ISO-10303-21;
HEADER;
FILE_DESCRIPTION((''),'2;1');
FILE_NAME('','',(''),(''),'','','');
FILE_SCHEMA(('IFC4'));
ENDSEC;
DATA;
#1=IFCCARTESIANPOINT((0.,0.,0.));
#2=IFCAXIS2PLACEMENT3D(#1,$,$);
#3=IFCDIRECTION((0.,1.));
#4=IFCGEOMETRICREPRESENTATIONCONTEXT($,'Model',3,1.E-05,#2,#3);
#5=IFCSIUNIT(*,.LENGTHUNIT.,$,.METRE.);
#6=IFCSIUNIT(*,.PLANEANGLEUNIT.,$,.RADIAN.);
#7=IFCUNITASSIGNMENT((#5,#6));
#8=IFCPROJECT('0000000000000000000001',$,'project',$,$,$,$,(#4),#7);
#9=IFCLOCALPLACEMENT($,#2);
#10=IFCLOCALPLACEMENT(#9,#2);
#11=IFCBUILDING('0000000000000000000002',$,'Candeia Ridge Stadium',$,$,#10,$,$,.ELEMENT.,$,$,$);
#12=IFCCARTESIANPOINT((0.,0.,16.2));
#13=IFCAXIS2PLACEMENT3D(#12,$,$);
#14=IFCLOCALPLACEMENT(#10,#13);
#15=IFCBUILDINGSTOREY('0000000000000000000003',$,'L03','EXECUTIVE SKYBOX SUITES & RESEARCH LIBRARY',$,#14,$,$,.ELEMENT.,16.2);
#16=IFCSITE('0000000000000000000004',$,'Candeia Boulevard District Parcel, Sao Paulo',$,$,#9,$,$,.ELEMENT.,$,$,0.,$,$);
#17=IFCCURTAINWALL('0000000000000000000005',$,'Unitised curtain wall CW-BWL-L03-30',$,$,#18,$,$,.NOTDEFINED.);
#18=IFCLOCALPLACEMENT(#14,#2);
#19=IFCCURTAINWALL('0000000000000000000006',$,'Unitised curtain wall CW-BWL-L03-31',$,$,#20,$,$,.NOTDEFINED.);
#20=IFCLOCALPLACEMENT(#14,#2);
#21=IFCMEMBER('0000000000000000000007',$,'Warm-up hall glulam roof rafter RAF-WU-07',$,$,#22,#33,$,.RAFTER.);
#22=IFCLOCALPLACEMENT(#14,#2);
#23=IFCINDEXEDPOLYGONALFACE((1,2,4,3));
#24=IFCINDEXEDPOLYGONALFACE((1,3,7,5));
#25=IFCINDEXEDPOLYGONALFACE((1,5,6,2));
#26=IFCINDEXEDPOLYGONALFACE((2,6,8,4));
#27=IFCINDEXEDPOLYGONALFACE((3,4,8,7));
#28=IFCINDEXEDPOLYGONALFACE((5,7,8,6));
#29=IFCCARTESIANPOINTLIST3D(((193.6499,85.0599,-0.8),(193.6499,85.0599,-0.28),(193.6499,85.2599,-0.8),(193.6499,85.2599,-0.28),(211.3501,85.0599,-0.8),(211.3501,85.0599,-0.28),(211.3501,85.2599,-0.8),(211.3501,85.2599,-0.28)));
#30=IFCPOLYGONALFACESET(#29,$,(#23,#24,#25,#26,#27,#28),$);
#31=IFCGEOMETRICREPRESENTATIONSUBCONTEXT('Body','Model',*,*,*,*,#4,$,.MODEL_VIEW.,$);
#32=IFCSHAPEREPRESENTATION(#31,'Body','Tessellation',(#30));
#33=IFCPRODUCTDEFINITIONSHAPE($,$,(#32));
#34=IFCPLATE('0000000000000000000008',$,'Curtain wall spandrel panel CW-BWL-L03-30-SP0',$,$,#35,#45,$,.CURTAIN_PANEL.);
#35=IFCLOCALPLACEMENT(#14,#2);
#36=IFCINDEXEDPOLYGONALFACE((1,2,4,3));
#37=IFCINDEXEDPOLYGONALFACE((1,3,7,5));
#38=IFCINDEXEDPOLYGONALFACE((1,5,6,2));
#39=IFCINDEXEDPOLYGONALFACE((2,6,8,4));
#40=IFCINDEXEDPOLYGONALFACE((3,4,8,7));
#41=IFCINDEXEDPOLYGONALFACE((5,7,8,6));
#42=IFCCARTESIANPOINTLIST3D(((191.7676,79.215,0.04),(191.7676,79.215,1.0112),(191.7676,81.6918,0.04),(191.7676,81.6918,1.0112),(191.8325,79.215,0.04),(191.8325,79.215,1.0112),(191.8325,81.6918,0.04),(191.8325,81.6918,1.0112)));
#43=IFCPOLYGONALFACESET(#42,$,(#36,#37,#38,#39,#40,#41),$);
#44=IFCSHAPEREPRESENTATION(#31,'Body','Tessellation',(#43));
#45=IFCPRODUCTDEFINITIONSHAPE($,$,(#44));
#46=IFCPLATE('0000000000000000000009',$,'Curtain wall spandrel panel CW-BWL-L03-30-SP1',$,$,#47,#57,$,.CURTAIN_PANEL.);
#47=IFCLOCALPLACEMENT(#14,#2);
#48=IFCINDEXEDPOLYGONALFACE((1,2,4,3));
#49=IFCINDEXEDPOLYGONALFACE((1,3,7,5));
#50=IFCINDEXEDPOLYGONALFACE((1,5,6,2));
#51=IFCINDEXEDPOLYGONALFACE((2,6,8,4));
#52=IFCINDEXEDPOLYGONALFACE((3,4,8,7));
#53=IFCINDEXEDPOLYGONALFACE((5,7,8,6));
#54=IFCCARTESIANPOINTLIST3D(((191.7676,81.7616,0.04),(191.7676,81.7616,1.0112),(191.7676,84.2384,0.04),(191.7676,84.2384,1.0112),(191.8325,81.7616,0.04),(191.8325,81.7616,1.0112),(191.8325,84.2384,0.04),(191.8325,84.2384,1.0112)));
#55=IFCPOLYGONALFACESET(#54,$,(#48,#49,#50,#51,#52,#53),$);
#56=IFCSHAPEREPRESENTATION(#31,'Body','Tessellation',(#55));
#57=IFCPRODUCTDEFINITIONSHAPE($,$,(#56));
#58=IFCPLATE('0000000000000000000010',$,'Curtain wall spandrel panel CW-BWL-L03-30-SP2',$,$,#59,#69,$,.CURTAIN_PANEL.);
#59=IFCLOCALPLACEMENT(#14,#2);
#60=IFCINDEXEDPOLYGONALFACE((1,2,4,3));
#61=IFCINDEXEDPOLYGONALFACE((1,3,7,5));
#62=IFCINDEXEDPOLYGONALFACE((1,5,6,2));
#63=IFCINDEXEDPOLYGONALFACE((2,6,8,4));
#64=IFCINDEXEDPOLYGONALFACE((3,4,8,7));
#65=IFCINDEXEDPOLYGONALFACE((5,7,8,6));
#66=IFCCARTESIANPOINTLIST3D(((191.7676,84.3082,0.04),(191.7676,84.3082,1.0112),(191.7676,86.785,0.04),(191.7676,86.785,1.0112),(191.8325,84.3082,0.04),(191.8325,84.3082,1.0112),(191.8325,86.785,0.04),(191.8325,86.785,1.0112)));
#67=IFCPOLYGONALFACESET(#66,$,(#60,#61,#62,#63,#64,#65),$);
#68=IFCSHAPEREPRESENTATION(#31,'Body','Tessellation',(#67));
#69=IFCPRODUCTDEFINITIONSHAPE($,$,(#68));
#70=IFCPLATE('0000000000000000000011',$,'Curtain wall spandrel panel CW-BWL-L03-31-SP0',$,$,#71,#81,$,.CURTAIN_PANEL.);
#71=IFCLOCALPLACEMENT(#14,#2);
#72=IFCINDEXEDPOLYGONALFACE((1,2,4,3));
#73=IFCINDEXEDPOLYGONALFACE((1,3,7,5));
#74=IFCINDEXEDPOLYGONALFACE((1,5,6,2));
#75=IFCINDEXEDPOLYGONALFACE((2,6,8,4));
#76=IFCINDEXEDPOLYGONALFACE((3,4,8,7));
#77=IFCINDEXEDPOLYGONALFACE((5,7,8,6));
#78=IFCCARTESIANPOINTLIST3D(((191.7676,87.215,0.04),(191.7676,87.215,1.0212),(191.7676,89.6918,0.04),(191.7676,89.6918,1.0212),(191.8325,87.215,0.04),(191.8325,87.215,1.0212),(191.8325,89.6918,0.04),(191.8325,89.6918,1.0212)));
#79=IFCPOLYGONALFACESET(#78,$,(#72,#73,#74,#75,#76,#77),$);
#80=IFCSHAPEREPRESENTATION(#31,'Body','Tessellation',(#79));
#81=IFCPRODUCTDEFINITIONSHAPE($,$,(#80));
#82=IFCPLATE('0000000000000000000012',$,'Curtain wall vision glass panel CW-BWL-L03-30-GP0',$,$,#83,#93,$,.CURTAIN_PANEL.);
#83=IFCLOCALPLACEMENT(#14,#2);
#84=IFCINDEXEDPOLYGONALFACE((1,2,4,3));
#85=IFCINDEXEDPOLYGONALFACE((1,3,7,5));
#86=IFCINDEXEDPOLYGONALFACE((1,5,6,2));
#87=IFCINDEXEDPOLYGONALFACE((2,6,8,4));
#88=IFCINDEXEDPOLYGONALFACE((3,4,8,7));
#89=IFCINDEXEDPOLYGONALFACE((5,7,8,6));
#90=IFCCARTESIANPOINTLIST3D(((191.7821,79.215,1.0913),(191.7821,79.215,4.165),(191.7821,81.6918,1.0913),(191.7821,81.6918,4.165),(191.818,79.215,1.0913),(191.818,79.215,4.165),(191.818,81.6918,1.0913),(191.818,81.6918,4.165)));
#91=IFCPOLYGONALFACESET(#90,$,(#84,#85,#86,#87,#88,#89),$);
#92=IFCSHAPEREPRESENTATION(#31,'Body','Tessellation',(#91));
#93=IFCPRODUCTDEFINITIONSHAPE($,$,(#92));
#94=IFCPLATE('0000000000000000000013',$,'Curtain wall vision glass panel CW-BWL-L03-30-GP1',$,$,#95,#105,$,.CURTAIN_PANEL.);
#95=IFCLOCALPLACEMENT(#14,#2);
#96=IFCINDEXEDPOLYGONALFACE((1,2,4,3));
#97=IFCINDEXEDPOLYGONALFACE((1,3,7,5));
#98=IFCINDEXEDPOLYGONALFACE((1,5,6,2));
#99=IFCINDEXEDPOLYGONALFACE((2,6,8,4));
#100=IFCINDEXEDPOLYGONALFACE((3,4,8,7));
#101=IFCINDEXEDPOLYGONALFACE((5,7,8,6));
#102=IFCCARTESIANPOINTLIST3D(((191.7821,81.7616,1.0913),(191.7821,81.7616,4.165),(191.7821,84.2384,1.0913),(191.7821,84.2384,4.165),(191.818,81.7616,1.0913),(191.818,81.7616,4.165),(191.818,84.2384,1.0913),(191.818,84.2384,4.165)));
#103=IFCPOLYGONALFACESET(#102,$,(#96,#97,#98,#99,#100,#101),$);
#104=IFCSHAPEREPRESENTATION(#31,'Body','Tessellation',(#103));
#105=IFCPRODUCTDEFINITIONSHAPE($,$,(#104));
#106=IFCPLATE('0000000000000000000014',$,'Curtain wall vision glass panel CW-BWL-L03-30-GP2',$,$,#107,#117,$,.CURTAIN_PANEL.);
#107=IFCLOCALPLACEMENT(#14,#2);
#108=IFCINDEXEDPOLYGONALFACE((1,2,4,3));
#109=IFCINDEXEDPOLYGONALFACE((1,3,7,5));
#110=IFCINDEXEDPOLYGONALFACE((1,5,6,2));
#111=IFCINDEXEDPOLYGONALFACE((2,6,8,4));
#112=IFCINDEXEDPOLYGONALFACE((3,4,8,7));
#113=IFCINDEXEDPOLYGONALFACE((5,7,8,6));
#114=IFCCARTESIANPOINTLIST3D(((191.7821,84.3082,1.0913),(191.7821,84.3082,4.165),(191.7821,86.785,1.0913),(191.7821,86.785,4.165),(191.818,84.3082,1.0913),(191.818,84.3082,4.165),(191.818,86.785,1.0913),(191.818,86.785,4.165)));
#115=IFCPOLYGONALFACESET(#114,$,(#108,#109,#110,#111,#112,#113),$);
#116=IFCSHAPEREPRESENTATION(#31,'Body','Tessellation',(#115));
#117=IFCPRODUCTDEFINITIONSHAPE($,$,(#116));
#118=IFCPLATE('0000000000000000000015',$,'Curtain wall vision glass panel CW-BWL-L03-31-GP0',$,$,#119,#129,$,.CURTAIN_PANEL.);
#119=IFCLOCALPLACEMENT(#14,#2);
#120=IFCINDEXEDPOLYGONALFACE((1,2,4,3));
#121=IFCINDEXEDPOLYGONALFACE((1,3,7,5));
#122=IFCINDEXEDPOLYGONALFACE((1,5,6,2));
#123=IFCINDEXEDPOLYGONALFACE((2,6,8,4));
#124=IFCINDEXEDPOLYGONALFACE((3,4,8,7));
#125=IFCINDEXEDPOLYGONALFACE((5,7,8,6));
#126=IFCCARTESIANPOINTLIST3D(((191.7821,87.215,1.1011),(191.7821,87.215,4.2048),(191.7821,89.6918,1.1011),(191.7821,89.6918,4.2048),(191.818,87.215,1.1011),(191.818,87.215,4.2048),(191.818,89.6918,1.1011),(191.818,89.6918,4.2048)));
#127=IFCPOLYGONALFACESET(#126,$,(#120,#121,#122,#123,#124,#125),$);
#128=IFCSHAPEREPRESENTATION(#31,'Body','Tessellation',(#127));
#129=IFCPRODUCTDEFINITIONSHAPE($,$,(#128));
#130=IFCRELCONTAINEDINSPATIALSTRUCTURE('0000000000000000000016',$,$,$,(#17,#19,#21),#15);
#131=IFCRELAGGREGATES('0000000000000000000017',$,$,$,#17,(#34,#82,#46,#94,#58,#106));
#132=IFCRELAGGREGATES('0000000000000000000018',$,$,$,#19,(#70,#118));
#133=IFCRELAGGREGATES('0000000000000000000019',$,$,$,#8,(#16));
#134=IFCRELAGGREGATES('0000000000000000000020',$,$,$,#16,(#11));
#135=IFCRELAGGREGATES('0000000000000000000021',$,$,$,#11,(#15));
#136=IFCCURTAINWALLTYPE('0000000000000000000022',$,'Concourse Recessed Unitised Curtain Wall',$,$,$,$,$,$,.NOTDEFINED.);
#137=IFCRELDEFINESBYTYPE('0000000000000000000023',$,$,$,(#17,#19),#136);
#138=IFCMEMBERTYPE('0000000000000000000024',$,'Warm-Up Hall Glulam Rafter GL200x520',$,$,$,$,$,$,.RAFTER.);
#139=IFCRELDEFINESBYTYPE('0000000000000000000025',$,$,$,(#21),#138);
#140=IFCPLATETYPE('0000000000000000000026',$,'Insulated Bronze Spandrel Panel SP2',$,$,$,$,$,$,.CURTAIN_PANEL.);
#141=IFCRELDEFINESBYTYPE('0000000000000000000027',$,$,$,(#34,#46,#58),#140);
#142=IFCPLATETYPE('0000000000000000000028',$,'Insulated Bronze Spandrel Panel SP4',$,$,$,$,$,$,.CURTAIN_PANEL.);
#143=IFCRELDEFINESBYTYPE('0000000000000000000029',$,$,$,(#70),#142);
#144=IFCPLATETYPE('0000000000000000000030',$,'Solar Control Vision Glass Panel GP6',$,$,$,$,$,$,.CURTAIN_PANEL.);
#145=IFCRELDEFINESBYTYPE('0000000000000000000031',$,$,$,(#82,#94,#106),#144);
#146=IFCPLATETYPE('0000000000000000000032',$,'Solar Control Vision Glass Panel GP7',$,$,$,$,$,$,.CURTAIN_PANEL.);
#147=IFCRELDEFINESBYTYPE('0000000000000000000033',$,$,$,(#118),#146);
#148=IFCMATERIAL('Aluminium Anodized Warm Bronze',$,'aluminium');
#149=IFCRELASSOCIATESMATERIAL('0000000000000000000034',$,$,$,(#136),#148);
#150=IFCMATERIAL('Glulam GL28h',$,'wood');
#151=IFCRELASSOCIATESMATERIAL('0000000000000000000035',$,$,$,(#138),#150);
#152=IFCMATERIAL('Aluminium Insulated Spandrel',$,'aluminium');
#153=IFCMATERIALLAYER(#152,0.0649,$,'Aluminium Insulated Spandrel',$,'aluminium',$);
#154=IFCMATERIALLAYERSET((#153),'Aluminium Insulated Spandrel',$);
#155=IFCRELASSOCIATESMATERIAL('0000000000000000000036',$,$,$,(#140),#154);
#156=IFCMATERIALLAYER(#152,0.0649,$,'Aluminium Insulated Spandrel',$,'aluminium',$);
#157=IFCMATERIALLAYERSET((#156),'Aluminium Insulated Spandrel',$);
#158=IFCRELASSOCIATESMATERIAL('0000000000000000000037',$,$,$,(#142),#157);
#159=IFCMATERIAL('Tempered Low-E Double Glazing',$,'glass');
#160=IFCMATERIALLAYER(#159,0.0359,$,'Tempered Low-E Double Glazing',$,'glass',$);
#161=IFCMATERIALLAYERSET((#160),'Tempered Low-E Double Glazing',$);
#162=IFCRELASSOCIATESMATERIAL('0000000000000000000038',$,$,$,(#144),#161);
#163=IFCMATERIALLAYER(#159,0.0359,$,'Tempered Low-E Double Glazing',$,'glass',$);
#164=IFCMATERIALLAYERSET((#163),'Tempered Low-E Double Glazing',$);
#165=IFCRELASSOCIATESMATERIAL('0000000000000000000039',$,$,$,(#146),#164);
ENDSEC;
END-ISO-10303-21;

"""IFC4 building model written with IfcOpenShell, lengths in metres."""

from ifc_helpers import new_model, si_unit, direction, frame, origin, origin_2d, place, context, subcontext, project, spatial, rectangle, extrude, material, layer, layer_set, material_profile, profile_set, type_object, element, aggregate, save


model = new_model("IFC4")

# Units and contexts
model_context = context("Model", 3, precision=1e-05, world=origin(), true_north=direction((0.0, 1.0)))
body_context = subcontext(model_context, "Body", "Model", "MODEL_VIEW")
ifc_project = project(units=[si_unit("LENGTHUNIT", "METRE"), si_unit("PLANEANGLEUNIT", "RADIAN")], contexts=[model_context])

# Site, building, storey
site_placement = place(None, origin())
site = spatial("IfcSite", under=ifc_project, at=site_placement, Name="Candeia Boulevard District Parcel, Sao Paulo", CompositionType="ELEMENT", RefElevation=0.0)
building_placement = place(site_placement, origin())
building = spatial("IfcBuilding", under=site, at=building_placement, Name="Candeia Ridge Stadium", CompositionType="ELEMENT")
storey_placement = place(building_placement, frame((0.0, 0.0, 16.2)))
storey = spatial("IfcBuildingStorey", under=building, at=storey_placement, Name="L03", Description="EXECUTIVE SKYBOX SUITES & RESEARCH LIBRARY", CompositionType="ELEMENT", Elevation=16.2)

# Curtain wall
ifc_material_1 = material(Name="Aluminium Anodized Warm Bronze", Category="aluminium")
curtain_wall_type = type_object("IfcCurtainWallType", Name="Concourse Recessed Unitised Curtain Wall", PredefinedType="NOTDEFINED", material=ifc_material_1)
curtain_wall_1_placement = place(storey_placement, origin())
curtain_wall_1 = element("IfcCurtainWall", 1, at=curtain_wall_1_placement, inside=storey, type_object=curtain_wall_type, Name="Unitised curtain wall CW-BWL-L03-30", PredefinedType="NOTDEFINED")

# Curtain wall
curtain_wall_2_placement = place(storey_placement, origin())
curtain_wall_2 = element("IfcCurtainWall", 2, at=curtain_wall_2_placement, inside=storey, type_object=curtain_wall_type, Name="Unitised curtain wall CW-BWL-L03-31", PredefinedType="NOTDEFINED")

# Member
ifc_material_2 = material(Name="Glulam GL28h", Category="wood")
ifc_material_profile_1 = material_profile(ifc_material_2, rectangle(XDim=0.2, YDim=0.52, at=origin_2d()), Name="GL200x520", Category="wood")
ifc_profile_set_1 = profile_set([ifc_material_profile_1], Name="Glulam GL28h")
member_type_1 = type_object("IfcMemberType", Name="Warm-Up Hall Glulam Rafter GL200x520", PredefinedType="RAFTER", material=ifc_profile_set_1)
member_1_placement = place(storey_placement, frame((193.6499, 85.1599, -0.54), z_axis=(1.0, 0.0, 0.0), x_axis=(0.0, 1.0, 0.0)))
element("IfcMember", 3, at=member_1_placement, inside=storey, type_object=member_type_1, Name="Warm-up hall glulam roof rafter RAF-WU-07", PredefinedType="RAFTER", context=body_context, shape_type="SweptSolid", body=[
    extrude(rectangle(XDim=0.2, YDim=0.52, at=origin_2d()), origin(), (0.0, 0.0, 1.0), 17.7002),
])

# Plates
ifc_material_3 = material(Name="Aluminium Insulated Spandrel", Category="aluminium")
ifc_layer_1 = layer(ifc_material_3, 0.0649, Name="Aluminium Insulated Spandrel", Category="aluminium")
ifc_layer_set_1 = layer_set([ifc_layer_1], Name="Aluminium Insulated Spandrel")
plate_type_1 = type_object("IfcPlateType", Name="Insulated Bronze Spandrel Panel SP2", PredefinedType="CURTAIN_PANEL", material=ifc_layer_set_1)
plate_1_placement = place(storey_placement, frame((191.8, 80.4534, 0.04), z_axis=(0.0, 0.0, 1.0), x_axis=(0.0, 1.0, 0.0)))
plate_1 = element("IfcPlate", 4, at=plate_1_placement, type_object=plate_type_1, Name="Curtain wall spandrel panel CW-BWL-L03-30-SP0", PredefinedType="CURTAIN_PANEL", context=body_context, shape_type="SweptSolid", body=[
    extrude(rectangle(XDim=2.4768, YDim=0.0649, at=origin_2d()), origin(), (0.0, 0.0, 1.0), 0.9712),
])
plate_2_placement = place(storey_placement, frame((191.8, 83.0, 0.04), z_axis=(0.0, 0.0, 1.0), x_axis=(0.0, 1.0, 0.0)))
plate_2 = element("IfcPlate", 5, at=plate_2_placement, type_object=plate_type_1, Name="Curtain wall spandrel panel CW-BWL-L03-30-SP1", PredefinedType="CURTAIN_PANEL", context=body_context, shape_type="SweptSolid", body=[
    extrude(rectangle(XDim=2.4768, YDim=0.0649, at=origin_2d()), origin(), (0.0, 0.0, 1.0), 0.9712),
])
plate_3_placement = place(storey_placement, frame((191.8, 85.5466, 0.04), z_axis=(0.0, 0.0, 1.0), x_axis=(0.0, 1.0, 0.0)))
plate_3 = element("IfcPlate", 6, at=plate_3_placement, type_object=plate_type_1, Name="Curtain wall spandrel panel CW-BWL-L03-30-SP2", PredefinedType="CURTAIN_PANEL", context=body_context, shape_type="SweptSolid", body=[
    extrude(rectangle(XDim=2.4768, YDim=0.0649, at=origin_2d()), origin(), (0.0, 0.0, 1.0), 0.9712),
])
ifc_layer_2 = layer(ifc_material_3, 0.0649, Name="Aluminium Insulated Spandrel", Category="aluminium")
ifc_layer_set_2 = layer_set([ifc_layer_2], Name="Aluminium Insulated Spandrel")
plate_type_2 = type_object("IfcPlateType", Name="Insulated Bronze Spandrel Panel SP4", PredefinedType="CURTAIN_PANEL", material=ifc_layer_set_2)
plate_4_placement = place(storey_placement, frame((191.8, 88.4534, 0.04), z_axis=(0.0, 0.0, 1.0), x_axis=(0.0, 1.0, 0.0)))
plate_4 = element("IfcPlate", 7, at=plate_4_placement, type_object=plate_type_2, Name="Curtain wall spandrel panel CW-BWL-L03-31-SP0", PredefinedType="CURTAIN_PANEL", context=body_context, shape_type="SweptSolid", body=[
    extrude(rectangle(XDim=2.4768, YDim=0.0649, at=origin_2d()), origin(), (0.0, 0.0, 1.0), 0.9812),
])
ifc_material_4 = material(Name="Tempered Low-E Double Glazing", Category="glass")
ifc_layer_3 = layer(ifc_material_4, 0.0359, Name="Tempered Low-E Double Glazing", Category="glass")
ifc_layer_set_3 = layer_set([ifc_layer_3], Name="Tempered Low-E Double Glazing")
plate_type_3 = type_object("IfcPlateType", Name="Solar Control Vision Glass Panel GP6", PredefinedType="CURTAIN_PANEL", material=ifc_layer_set_3)
plate_5_placement = place(storey_placement, frame((191.8, 80.4534, 1.0913), z_axis=(0.0, 0.0, 1.0), x_axis=(0.0, 1.0, 0.0)))
plate_5 = element("IfcPlate", 8, at=plate_5_placement, type_object=plate_type_3, Name="Curtain wall vision glass panel CW-BWL-L03-30-GP0", PredefinedType="CURTAIN_PANEL", context=body_context, shape_type="SweptSolid", body=[
    extrude(rectangle(XDim=2.4768, YDim=0.0359, at=origin_2d()), origin(), (0.0, 0.0, 1.0), 3.0737),
])
plate_6_placement = place(storey_placement, frame((191.8, 83.0, 1.0913), z_axis=(0.0, 0.0, 1.0), x_axis=(0.0, 1.0, 0.0)))
plate_6 = element("IfcPlate", 9, at=plate_6_placement, type_object=plate_type_3, Name="Curtain wall vision glass panel CW-BWL-L03-30-GP1", PredefinedType="CURTAIN_PANEL", context=body_context, shape_type="SweptSolid", body=[
    extrude(rectangle(XDim=2.4768, YDim=0.0359, at=origin_2d()), origin(), (0.0, 0.0, 1.0), 3.0737),
])
plate_7_placement = place(storey_placement, frame((191.8, 85.5466, 1.0913), z_axis=(0.0, 0.0, 1.0), x_axis=(0.0, 1.0, 0.0)))
plate_7 = element("IfcPlate", 10, at=plate_7_placement, type_object=plate_type_3, Name="Curtain wall vision glass panel CW-BWL-L03-30-GP2", PredefinedType="CURTAIN_PANEL", context=body_context, shape_type="SweptSolid", body=[
    extrude(rectangle(XDim=2.4768, YDim=0.0359, at=origin_2d()), origin(), (0.0, 0.0, 1.0), 3.0737),
])
aggregate(curtain_wall_1, [plate_1, plate_5, plate_2, plate_6, plate_3, plate_7])
ifc_layer_4 = layer(ifc_material_4, 0.0359, Name="Tempered Low-E Double Glazing", Category="glass")
ifc_layer_set_4 = layer_set([ifc_layer_4], Name="Tempered Low-E Double Glazing")
plate_type_4 = type_object("IfcPlateType", Name="Solar Control Vision Glass Panel GP7", PredefinedType="CURTAIN_PANEL", material=ifc_layer_set_4)
plate_8_placement = place(storey_placement, frame((191.8, 88.4534, 1.1011), z_axis=(0.0, 0.0, 1.0), x_axis=(0.0, 1.0, 0.0)))
plate_8 = element("IfcPlate", 11, at=plate_8_placement, type_object=plate_type_4, Name="Curtain wall vision glass panel CW-BWL-L03-31-GP0", PredefinedType="CURTAIN_PANEL", context=body_context, shape_type="SweptSolid", body=[
    extrude(rectangle(XDim=2.4768, YDim=0.0359, at=origin_2d()), origin(), (0.0, 0.0, 1.0), 3.1038),
])
aggregate(curtain_wall_2, [plate_4, plate_8])

save(model, "model.ifc")
